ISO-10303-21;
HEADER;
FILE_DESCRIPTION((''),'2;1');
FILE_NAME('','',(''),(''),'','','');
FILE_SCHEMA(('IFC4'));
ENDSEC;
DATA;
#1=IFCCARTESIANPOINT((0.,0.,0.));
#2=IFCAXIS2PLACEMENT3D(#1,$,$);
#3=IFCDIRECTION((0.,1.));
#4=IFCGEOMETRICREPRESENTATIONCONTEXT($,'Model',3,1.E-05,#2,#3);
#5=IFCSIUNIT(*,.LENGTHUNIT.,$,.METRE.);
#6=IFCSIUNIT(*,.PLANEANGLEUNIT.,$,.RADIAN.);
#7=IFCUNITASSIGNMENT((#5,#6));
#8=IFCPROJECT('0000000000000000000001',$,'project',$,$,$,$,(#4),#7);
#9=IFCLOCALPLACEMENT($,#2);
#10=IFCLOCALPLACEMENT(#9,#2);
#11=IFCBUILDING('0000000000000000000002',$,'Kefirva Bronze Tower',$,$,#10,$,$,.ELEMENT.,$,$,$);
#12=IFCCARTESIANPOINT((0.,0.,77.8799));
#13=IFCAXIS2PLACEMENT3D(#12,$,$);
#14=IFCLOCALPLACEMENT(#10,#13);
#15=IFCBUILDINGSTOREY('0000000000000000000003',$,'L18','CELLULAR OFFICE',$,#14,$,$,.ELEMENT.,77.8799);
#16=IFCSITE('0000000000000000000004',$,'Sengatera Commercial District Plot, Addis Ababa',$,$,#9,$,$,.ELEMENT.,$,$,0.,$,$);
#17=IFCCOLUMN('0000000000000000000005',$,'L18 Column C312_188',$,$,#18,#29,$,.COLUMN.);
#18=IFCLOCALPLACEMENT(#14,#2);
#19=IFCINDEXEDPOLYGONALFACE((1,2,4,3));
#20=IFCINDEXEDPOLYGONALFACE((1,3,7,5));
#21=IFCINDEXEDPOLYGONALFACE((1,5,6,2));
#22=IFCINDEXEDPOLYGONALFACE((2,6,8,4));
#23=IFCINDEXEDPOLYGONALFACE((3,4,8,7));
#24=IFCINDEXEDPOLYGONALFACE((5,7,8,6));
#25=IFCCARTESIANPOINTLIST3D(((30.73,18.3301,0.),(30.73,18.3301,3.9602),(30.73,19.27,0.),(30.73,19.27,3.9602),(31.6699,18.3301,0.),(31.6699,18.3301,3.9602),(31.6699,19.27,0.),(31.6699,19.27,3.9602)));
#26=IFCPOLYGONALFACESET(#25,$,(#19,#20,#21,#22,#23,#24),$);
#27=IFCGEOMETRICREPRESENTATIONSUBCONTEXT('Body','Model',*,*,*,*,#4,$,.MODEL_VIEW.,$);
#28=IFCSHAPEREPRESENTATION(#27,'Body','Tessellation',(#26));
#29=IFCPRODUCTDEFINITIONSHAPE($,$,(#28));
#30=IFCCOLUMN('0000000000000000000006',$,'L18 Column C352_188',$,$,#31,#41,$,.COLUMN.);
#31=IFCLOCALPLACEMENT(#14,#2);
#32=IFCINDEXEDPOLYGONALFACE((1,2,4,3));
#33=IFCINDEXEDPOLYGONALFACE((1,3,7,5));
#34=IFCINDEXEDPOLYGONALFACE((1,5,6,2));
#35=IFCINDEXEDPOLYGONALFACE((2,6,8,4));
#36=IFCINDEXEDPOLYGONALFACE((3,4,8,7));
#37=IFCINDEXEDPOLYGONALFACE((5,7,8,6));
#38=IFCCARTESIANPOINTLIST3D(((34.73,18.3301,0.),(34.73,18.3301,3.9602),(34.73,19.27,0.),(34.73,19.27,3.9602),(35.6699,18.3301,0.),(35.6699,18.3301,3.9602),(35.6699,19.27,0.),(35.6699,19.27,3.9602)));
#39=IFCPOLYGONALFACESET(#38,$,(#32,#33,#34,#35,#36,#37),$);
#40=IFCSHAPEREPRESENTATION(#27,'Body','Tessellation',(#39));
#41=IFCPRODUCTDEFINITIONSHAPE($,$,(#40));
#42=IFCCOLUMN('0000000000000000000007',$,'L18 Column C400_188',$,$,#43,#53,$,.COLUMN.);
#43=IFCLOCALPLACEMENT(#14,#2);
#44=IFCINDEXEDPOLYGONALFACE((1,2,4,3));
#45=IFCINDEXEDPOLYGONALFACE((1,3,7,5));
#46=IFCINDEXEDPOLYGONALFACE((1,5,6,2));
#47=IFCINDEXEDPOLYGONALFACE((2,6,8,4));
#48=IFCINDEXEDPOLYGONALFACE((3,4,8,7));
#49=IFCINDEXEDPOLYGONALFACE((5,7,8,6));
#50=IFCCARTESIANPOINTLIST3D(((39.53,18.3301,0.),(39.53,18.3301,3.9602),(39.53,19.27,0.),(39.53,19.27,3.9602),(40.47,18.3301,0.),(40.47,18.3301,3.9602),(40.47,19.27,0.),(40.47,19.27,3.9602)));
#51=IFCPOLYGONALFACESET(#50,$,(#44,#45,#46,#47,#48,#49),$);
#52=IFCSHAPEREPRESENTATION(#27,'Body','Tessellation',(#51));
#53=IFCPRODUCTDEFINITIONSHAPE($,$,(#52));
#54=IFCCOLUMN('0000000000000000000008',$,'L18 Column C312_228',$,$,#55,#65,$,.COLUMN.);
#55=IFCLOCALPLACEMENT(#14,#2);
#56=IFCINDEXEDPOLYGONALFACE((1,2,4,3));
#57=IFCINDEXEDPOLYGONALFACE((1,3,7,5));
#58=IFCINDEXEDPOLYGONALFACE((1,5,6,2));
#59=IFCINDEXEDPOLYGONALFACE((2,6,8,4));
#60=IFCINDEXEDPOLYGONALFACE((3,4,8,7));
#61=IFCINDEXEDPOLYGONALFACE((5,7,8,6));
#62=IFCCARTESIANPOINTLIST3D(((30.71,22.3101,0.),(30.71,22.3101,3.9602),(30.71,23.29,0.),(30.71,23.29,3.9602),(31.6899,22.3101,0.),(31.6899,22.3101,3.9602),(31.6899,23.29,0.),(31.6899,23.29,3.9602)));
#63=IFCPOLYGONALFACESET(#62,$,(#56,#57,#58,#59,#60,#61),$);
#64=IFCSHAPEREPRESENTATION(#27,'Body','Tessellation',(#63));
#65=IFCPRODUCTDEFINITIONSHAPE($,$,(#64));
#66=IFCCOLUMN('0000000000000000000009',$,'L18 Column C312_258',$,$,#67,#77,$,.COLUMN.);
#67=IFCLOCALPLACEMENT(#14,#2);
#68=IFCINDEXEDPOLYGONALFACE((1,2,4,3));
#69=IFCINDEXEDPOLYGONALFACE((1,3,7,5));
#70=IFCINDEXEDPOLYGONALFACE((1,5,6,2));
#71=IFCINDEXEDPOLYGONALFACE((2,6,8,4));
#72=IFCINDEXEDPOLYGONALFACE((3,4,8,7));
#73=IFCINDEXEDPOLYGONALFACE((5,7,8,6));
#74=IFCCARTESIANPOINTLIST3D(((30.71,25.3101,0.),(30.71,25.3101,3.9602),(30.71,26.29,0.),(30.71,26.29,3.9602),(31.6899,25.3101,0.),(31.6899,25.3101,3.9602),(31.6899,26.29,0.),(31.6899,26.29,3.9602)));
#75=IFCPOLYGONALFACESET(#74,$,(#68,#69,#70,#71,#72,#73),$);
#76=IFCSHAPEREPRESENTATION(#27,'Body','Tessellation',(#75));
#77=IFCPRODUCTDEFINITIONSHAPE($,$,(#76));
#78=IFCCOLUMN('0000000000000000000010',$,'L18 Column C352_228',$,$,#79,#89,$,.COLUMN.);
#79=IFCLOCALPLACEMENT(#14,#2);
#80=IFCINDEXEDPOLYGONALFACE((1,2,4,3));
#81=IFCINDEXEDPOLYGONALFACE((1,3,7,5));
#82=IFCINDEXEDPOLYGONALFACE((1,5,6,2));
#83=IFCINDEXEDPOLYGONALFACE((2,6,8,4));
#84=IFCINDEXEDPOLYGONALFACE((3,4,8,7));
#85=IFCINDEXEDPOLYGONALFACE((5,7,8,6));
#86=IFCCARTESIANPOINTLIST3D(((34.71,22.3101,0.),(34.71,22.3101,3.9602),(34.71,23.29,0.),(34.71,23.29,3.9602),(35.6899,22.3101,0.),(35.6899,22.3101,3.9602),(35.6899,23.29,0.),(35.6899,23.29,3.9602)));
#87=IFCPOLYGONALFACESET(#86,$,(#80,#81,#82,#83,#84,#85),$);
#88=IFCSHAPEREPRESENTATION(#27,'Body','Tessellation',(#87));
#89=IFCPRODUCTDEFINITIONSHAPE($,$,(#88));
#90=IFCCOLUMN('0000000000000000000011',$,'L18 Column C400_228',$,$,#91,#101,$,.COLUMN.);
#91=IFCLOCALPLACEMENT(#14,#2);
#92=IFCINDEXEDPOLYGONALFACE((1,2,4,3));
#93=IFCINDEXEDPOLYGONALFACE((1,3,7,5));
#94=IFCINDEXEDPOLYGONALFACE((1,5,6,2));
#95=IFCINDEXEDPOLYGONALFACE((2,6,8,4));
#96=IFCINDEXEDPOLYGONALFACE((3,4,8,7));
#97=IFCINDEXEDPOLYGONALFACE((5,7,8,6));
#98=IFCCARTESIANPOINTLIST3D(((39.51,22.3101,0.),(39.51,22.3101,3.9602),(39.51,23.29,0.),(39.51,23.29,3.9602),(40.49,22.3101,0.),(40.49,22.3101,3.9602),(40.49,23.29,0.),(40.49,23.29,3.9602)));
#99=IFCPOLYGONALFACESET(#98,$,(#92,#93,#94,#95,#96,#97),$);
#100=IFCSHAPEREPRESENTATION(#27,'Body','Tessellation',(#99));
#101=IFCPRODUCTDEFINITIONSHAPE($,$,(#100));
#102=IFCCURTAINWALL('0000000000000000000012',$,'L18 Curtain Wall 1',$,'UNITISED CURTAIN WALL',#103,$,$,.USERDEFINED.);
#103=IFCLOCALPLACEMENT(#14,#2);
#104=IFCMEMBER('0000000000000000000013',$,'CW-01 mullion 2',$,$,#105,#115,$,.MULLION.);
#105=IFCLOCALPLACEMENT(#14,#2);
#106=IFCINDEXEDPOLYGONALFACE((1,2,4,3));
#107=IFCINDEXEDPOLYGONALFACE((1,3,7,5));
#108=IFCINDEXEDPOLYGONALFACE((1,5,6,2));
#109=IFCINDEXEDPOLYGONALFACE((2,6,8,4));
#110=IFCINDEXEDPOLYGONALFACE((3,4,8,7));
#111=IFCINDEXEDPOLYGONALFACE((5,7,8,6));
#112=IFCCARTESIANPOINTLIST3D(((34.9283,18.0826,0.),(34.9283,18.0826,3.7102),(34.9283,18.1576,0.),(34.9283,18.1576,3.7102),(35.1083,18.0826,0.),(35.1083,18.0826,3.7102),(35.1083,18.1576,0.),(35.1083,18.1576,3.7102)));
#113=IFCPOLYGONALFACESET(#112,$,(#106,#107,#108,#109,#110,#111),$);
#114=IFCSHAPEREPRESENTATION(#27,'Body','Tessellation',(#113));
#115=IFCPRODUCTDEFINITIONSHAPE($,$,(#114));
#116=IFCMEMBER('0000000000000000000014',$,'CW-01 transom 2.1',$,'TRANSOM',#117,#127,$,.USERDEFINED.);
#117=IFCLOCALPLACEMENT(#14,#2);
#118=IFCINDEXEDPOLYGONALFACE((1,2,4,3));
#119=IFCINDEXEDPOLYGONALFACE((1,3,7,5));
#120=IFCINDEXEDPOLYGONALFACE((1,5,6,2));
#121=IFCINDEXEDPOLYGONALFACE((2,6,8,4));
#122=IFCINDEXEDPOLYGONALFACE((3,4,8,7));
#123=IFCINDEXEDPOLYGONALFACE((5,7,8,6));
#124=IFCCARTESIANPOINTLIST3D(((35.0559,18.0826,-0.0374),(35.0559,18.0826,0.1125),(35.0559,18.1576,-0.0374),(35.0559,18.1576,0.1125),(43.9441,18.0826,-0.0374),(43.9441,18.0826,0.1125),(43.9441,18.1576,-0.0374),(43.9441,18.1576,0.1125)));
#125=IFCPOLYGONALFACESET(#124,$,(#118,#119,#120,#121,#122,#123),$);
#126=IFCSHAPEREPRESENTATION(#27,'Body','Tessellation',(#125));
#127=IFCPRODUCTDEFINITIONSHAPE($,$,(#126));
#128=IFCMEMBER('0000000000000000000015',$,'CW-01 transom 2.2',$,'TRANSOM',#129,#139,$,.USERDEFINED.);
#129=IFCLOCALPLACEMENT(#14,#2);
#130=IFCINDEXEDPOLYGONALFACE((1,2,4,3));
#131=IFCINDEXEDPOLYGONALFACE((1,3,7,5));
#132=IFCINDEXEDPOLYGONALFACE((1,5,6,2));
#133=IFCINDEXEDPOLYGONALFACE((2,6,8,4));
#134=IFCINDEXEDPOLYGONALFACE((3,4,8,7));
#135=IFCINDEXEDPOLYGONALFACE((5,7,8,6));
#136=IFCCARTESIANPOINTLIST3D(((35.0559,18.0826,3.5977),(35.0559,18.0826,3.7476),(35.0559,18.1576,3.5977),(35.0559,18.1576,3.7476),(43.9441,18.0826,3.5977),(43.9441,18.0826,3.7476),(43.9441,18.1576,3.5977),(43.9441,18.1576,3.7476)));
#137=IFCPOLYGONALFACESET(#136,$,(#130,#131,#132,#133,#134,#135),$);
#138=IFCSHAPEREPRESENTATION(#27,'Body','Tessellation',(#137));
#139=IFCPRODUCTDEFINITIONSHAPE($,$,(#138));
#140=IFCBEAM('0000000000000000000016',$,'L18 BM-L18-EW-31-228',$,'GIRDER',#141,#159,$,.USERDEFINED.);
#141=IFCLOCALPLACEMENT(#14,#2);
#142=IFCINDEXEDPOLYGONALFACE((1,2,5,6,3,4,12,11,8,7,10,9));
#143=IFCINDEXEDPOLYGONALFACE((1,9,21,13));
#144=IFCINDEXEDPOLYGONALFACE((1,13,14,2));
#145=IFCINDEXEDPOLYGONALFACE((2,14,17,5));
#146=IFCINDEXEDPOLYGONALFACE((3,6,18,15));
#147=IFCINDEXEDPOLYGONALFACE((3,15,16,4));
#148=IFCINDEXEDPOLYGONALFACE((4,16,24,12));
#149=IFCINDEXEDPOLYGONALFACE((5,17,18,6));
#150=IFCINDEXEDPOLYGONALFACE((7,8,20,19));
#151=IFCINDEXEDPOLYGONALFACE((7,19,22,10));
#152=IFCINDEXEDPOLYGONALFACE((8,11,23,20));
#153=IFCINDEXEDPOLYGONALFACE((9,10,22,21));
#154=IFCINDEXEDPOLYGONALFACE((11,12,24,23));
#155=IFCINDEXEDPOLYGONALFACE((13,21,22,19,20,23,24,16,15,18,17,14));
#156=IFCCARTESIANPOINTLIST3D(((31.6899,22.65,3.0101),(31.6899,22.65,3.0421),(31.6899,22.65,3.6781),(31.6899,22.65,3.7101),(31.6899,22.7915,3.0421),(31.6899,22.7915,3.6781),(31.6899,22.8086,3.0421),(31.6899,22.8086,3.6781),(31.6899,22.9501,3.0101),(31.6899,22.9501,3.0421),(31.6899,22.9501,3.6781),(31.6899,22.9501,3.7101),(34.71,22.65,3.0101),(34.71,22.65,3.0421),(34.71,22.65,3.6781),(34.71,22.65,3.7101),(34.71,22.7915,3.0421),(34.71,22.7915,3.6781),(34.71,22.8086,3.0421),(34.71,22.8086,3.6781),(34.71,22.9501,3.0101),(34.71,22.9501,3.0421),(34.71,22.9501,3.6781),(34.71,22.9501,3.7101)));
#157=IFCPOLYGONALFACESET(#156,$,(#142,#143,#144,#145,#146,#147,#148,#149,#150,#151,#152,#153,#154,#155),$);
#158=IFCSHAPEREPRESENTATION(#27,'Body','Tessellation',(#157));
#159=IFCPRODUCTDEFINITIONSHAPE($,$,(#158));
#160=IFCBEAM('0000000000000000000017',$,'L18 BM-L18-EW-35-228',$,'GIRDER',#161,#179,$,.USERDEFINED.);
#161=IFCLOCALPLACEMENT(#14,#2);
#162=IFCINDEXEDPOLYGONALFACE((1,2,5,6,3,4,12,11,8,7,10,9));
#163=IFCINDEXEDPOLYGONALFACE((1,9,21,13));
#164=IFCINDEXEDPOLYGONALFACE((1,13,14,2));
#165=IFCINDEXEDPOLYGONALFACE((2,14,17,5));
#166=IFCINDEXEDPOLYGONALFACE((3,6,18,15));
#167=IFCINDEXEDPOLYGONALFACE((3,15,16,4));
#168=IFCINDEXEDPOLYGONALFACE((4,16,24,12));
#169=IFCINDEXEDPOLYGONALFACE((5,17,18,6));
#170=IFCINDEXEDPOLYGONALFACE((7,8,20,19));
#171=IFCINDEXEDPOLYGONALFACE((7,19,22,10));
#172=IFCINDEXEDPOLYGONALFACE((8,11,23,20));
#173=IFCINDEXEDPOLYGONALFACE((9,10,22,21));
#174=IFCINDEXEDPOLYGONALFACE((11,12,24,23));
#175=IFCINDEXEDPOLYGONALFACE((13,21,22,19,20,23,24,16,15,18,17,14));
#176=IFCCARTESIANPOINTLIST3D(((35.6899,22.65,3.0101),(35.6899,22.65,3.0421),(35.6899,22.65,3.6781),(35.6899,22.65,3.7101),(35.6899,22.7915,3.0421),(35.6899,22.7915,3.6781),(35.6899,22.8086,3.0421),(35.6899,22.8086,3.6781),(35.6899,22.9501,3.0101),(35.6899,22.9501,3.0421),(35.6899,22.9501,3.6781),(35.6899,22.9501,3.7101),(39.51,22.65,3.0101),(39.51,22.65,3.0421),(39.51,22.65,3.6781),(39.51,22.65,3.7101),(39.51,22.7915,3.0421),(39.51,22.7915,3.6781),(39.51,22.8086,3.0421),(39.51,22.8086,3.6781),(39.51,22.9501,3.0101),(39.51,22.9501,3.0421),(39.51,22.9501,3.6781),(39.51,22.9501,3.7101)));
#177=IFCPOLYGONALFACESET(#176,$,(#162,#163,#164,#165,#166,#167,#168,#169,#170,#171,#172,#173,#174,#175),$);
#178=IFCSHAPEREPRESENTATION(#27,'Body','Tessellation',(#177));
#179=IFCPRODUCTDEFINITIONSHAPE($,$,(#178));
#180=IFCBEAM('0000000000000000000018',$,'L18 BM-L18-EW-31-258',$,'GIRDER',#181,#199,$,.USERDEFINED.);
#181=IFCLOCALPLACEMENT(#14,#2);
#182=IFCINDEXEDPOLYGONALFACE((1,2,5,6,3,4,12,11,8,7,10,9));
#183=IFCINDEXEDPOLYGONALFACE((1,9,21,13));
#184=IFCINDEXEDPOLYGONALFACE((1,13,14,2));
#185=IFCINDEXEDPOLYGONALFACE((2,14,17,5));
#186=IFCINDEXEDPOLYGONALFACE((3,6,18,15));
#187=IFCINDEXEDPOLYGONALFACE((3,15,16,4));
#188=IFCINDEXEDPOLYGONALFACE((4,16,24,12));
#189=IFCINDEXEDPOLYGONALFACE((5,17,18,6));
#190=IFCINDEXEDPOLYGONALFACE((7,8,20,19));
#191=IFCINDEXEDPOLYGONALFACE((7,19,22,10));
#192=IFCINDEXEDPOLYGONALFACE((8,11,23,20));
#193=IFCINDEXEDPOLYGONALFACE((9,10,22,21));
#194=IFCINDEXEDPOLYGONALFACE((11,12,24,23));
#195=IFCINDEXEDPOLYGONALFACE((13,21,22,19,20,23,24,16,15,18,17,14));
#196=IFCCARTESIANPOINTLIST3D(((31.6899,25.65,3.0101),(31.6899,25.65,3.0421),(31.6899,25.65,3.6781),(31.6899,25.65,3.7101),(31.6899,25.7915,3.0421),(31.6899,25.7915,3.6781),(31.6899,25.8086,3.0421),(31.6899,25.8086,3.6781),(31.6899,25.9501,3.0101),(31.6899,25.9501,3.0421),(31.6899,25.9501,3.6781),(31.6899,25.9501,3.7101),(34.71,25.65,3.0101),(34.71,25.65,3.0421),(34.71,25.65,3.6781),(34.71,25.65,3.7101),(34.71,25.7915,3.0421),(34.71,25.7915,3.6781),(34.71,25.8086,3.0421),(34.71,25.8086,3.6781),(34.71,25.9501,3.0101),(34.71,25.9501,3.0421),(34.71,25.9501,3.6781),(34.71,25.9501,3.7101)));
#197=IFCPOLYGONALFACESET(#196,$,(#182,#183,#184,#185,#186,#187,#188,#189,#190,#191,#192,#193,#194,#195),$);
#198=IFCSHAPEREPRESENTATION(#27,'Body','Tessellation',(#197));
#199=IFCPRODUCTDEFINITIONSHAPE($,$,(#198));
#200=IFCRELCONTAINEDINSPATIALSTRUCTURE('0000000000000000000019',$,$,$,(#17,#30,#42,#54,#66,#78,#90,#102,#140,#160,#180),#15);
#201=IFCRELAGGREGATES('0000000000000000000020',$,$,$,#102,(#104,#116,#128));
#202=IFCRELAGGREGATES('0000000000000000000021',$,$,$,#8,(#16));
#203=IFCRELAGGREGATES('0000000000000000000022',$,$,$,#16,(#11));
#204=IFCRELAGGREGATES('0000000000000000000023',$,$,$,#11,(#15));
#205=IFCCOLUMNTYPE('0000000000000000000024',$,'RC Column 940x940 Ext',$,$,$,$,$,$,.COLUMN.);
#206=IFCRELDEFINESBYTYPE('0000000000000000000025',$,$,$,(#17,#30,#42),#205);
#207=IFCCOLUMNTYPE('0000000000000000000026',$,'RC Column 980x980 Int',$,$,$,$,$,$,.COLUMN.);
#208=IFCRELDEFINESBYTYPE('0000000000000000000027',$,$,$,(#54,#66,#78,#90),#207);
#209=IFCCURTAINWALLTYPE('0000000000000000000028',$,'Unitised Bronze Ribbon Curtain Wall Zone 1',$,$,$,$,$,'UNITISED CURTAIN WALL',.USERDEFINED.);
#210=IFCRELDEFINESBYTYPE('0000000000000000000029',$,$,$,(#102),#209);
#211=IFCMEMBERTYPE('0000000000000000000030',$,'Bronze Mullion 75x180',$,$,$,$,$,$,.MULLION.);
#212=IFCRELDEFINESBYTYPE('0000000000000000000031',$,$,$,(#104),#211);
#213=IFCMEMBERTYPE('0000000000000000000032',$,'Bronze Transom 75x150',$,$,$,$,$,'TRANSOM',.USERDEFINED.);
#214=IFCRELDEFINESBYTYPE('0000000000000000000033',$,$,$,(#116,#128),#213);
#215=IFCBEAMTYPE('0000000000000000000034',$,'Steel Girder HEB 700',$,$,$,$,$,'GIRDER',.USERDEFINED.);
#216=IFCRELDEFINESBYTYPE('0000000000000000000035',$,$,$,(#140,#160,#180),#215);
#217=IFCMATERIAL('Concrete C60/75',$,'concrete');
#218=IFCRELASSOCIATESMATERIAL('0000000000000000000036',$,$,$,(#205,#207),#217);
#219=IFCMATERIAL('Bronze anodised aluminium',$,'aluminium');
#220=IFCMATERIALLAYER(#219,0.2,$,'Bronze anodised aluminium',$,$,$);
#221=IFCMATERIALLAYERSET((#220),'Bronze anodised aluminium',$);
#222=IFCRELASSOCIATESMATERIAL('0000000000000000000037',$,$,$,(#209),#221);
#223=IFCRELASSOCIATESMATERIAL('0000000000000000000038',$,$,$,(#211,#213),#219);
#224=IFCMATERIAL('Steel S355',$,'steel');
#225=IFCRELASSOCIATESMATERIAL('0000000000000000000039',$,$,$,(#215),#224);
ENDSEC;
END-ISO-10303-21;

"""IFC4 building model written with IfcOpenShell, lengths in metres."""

from ifc_helpers import new_model, si_unit, direction, frame, origin, origin_2d, place, context, subcontext, project, spatial, rectangle, i_section, extrude, material, layer, layer_set, material_profile, profile_set, type_object, element, aggregate, save


model = new_model("IFC4")

# Units and contexts
model_context = context("Model", 3, precision=1e-05, world=origin(), true_north=direction((0.0, 1.0)))
body_context = subcontext(model_context, "Body", "Model", "MODEL_VIEW")
ifc_project = project(units=[si_unit("LENGTHUNIT", "METRE"), si_unit("PLANEANGLEUNIT", "RADIAN")], contexts=[model_context])

# Site, building, storey
site_placement = place(None, origin())
site = spatial("IfcSite", under=ifc_project, at=site_placement, Name="Sengatera Commercial District Plot, Addis Ababa", CompositionType="ELEMENT", RefElevation=0.0)
building_placement = place(site_placement, origin())
building = spatial("IfcBuilding", under=site, at=building_placement, Name="Kefirva Bronze Tower", CompositionType="ELEMENT")
storey_placement = place(building_placement, frame((0.0, 0.0, 77.8799)))
storey = spatial("IfcBuildingStorey", under=building, at=storey_placement, Name="L18", Description="CELLULAR OFFICE", CompositionType="ELEMENT", Elevation=77.8799)

# Columns
ifc_material_1 = material(Name="Concrete C60/75", Category="concrete")
ifc_material_profile_1 = material_profile(ifc_material_1, rectangle(XDim=0.9399, YDim=0.9399, at=origin_2d()), Name="RC 940x940")
ifc_profile_set_1 = profile_set([ifc_material_profile_1], Name="Concrete C60/75")
column_type_1 = type_object("IfcColumnType", Name="RC Column 940x940 Ext", PredefinedType="COLUMN", material=ifc_profile_set_1)
for number, where, z_axis, x_axis, name in (
    (1, (31.2, 18.8, 0.0), (0.0, 0.0, 1.0), (1.0, 0.0, 0.0), "L18 Column C312_188"),
    (2, (35.2, 18.8, 0.0), (0.0, 0.0, 1.0), (1.0, 0.0, 0.0), "L18 Column C352_188"),
    (3, (40.0, 18.8, 0.0), (0.0, 0.0, 1.0), (1.0, 0.0, 0.0), "L18 Column C400_188"),
):
    element("IfcColumn", number, at=place(storey_placement, frame(where, z_axis=z_axis, x_axis=x_axis)), inside=storey, type_object=column_type_1, Name=name, PredefinedType="COLUMN", context=body_context, shape_type="SweptSolid", body=[
        extrude(rectangle(XDim=0.9399, YDim=0.9399, at=origin_2d()), origin(), (0.0, 0.0, 1.0), 3.9602),
    ])
ifc_material_profile_2 = material_profile(ifc_material_1, rectangle(XDim=0.98, YDim=0.98, at=origin_2d()), Name="RC 980x980")
ifc_profile_set_2 = profile_set([ifc_material_profile_2], Name="Concrete C60/75")
column_type_2 = type_object("IfcColumnType", Name="RC Column 980x980 Int", PredefinedType="COLUMN", material=ifc_profile_set_2)
for number, where, z_axis, x_axis, name in (
    (4, (31.2, 22.8, 0.0), (0.0, 0.0, 1.0), (1.0, 0.0, 0.0), "L18 Column C312_228"),
    (5, (31.2, 25.8, 0.0), (0.0, 0.0, 1.0), (1.0, 0.0, 0.0), "L18 Column C312_258"),
    (6, (35.2, 22.8, 0.0), (0.0, 0.0, 1.0), (1.0, 0.0, 0.0), "L18 Column C352_228"),
    (7, (40.0, 22.8, 0.0), (0.0, 0.0, 1.0), (1.0, 0.0, 0.0), "L18 Column C400_228"),
):
    element("IfcColumn", number, at=place(storey_placement, frame(where, z_axis=z_axis, x_axis=x_axis)), inside=storey, type_object=column_type_2, Name=name, PredefinedType="COLUMN", context=body_context, shape_type="SweptSolid", body=[
        extrude(rectangle(XDim=0.98, YDim=0.98, at=origin_2d()), origin(), (0.0, 0.0, 1.0), 3.9602),
    ])

# Curtain wall, members
ifc_material_2 = material(Name="Bronze anodised aluminium", Category="aluminium")
ifc_layer_1 = layer(ifc_material_2, 0.2, Name="Bronze anodised aluminium")
ifc_layer_set_1 = layer_set([ifc_layer_1], Name="Bronze anodised aluminium")
curtain_wall_type = type_object("IfcCurtainWallType", Name="Unitised Bronze Ribbon Curtain Wall Zone 1", ElementType="UNITISED CURTAIN WALL", PredefinedType="USERDEFINED", material=ifc_layer_set_1)
curtain_wall_placement = place(storey_placement, origin())
curtain_wall = element("IfcCurtainWall", 8, at=curtain_wall_placement, inside=storey, type_object=curtain_wall_type, Name="L18 Curtain Wall 1", ObjectType="UNITISED CURTAIN WALL", PredefinedType="USERDEFINED")
ifc_material_profile_3 = material_profile(ifc_material_2, rectangle(XDim=0.075, YDim=0.1799, at=origin_2d()), Name="ALU 75x180")
ifc_profile_set_3 = profile_set([ifc_material_profile_3], Name="Bronze anodised aluminium")
member_type_1 = type_object("IfcMemberType", Name="Bronze Mullion 75x180", PredefinedType="MULLION", material=ifc_profile_set_3)
member_1_placement = place(storey_placement, frame((35.0183, 18.1201, 0.0), z_axis=(0.0, 0.0, 1.0), x_axis=(0.0, 1.0, 0.0)))
member_1 = element("IfcMember", 9, at=member_1_placement, type_object=member_type_1, Name="CW-01 mullion 2", PredefinedType="MULLION", context=body_context, shape_type="SweptSolid", body=[
    extrude(rectangle(XDim=0.075, YDim=0.1799, at=origin_2d()), origin(), (0.0, 0.0, 1.0), 3.7102),
])
ifc_material_profile_4 = material_profile(ifc_material_2, rectangle(XDim=0.075, YDim=0.1499, at=origin_2d()), Name="ALU 75x150")
ifc_profile_set_4 = profile_set([ifc_material_profile_4], Name="Bronze anodised aluminium")
member_type_2 = type_object("IfcMemberType", Name="Bronze Transom 75x150", ElementType="TRANSOM", PredefinedType="USERDEFINED", material=ifc_profile_set_4)
member_2_placement = place(storey_placement, frame((35.0559, 18.1201, 0.0376), z_axis=(1.0, 0.0, 0.0), x_axis=(0.0, 1.0, 0.0)))
member_2 = element("IfcMember", 10, at=member_2_placement, type_object=member_type_2, Name="CW-01 transom 2.1", ObjectType="TRANSOM", PredefinedType="USERDEFINED", context=body_context, shape_type="SweptSolid", body=[
    extrude(rectangle(XDim=0.075, YDim=0.1499, at=origin_2d()), origin(), (0.0, 0.0, 1.0), 8.8882),
])
member_3_placement = place(storey_placement, frame((35.0559, 18.1201, 3.6726), z_axis=(1.0, 0.0, 0.0), x_axis=(0.0, 1.0, 0.0)))
member_3 = element("IfcMember", 11, at=member_3_placement, type_object=member_type_2, Name="CW-01 transom 2.2", ObjectType="TRANSOM", PredefinedType="USERDEFINED", context=body_context, shape_type="SweptSolid", body=[
    extrude(rectangle(XDim=0.075, YDim=0.1499, at=origin_2d()), origin(), (0.0, 0.0, 1.0), 8.8882),
])

# Beams
ifc_material_3 = material(Name="Steel S355", Category="steel")
ifc_material_profile_5 = material_profile(ifc_material_3, i_section(OverallWidth=0.3, OverallDepth=0.7, WebThickness=0.0171, FlangeThickness=0.032, at=origin_2d()), Name="HEB 700")
ifc_profile_set_5 = profile_set([ifc_material_profile_5], Name="Steel S355")
beam_type_1 = type_object("IfcBeamType", Name="Steel Girder HEB 700", ElementType="GIRDER", PredefinedType="USERDEFINED", material=ifc_profile_set_5)
beam_1_placement = place(storey_placement, frame((31.6899, 22.8, 3.3601), z_axis=(1.0, 0.0, 0.0), x_axis=(0.0, 1.0, 0.0)))
element("IfcBeam", 12, at=beam_1_placement, inside=storey, type_object=beam_type_1, Name="L18 BM-L18-EW-31-228", ObjectType="GIRDER", PredefinedType="USERDEFINED", context=body_context, shape_type="SweptSolid", body=[
    extrude(i_section(OverallWidth=0.3, OverallDepth=0.7, WebThickness=0.0171, FlangeThickness=0.032, at=origin_2d()), origin(), (0.0, 0.0, 1.0), 3.02),
])
beam_2_placement = place(storey_placement, frame((35.6899, 22.8, 3.3601), z_axis=(1.0, 0.0, 0.0), x_axis=(0.0, 1.0, 0.0)))
element("IfcBeam", 13, at=beam_2_placement, inside=storey, type_object=beam_type_1, Name="L18 BM-L18-EW-35-228", ObjectType="GIRDER", PredefinedType="USERDEFINED", context=body_context, shape_type="SweptSolid", body=[
    extrude(i_section(OverallWidth=0.3, OverallDepth=0.7, WebThickness=0.0171, FlangeThickness=0.032, at=origin_2d()), origin(), (0.0, 0.0, 1.0), 3.8201),
])
beam_3_placement = place(storey_placement, frame((31.6899, 25.8, 3.3601), z_axis=(1.0, 0.0, 0.0), x_axis=(0.0, 1.0, 0.0)))
element("IfcBeam", 14, at=beam_3_placement, inside=storey, type_object=beam_type_1, Name="L18 BM-L18-EW-31-258", ObjectType="GIRDER", PredefinedType="USERDEFINED", context=body_context, shape_type="SweptSolid", body=[
    extrude(i_section(OverallWidth=0.3, OverallDepth=0.7, WebThickness=0.0171, FlangeThickness=0.032, at=origin_2d()), origin(), (0.0, 0.0, 1.0), 3.02),
])

aggregate(curtain_wall, [member_1, member_2, member_3])

save(model, "model.ifc")
